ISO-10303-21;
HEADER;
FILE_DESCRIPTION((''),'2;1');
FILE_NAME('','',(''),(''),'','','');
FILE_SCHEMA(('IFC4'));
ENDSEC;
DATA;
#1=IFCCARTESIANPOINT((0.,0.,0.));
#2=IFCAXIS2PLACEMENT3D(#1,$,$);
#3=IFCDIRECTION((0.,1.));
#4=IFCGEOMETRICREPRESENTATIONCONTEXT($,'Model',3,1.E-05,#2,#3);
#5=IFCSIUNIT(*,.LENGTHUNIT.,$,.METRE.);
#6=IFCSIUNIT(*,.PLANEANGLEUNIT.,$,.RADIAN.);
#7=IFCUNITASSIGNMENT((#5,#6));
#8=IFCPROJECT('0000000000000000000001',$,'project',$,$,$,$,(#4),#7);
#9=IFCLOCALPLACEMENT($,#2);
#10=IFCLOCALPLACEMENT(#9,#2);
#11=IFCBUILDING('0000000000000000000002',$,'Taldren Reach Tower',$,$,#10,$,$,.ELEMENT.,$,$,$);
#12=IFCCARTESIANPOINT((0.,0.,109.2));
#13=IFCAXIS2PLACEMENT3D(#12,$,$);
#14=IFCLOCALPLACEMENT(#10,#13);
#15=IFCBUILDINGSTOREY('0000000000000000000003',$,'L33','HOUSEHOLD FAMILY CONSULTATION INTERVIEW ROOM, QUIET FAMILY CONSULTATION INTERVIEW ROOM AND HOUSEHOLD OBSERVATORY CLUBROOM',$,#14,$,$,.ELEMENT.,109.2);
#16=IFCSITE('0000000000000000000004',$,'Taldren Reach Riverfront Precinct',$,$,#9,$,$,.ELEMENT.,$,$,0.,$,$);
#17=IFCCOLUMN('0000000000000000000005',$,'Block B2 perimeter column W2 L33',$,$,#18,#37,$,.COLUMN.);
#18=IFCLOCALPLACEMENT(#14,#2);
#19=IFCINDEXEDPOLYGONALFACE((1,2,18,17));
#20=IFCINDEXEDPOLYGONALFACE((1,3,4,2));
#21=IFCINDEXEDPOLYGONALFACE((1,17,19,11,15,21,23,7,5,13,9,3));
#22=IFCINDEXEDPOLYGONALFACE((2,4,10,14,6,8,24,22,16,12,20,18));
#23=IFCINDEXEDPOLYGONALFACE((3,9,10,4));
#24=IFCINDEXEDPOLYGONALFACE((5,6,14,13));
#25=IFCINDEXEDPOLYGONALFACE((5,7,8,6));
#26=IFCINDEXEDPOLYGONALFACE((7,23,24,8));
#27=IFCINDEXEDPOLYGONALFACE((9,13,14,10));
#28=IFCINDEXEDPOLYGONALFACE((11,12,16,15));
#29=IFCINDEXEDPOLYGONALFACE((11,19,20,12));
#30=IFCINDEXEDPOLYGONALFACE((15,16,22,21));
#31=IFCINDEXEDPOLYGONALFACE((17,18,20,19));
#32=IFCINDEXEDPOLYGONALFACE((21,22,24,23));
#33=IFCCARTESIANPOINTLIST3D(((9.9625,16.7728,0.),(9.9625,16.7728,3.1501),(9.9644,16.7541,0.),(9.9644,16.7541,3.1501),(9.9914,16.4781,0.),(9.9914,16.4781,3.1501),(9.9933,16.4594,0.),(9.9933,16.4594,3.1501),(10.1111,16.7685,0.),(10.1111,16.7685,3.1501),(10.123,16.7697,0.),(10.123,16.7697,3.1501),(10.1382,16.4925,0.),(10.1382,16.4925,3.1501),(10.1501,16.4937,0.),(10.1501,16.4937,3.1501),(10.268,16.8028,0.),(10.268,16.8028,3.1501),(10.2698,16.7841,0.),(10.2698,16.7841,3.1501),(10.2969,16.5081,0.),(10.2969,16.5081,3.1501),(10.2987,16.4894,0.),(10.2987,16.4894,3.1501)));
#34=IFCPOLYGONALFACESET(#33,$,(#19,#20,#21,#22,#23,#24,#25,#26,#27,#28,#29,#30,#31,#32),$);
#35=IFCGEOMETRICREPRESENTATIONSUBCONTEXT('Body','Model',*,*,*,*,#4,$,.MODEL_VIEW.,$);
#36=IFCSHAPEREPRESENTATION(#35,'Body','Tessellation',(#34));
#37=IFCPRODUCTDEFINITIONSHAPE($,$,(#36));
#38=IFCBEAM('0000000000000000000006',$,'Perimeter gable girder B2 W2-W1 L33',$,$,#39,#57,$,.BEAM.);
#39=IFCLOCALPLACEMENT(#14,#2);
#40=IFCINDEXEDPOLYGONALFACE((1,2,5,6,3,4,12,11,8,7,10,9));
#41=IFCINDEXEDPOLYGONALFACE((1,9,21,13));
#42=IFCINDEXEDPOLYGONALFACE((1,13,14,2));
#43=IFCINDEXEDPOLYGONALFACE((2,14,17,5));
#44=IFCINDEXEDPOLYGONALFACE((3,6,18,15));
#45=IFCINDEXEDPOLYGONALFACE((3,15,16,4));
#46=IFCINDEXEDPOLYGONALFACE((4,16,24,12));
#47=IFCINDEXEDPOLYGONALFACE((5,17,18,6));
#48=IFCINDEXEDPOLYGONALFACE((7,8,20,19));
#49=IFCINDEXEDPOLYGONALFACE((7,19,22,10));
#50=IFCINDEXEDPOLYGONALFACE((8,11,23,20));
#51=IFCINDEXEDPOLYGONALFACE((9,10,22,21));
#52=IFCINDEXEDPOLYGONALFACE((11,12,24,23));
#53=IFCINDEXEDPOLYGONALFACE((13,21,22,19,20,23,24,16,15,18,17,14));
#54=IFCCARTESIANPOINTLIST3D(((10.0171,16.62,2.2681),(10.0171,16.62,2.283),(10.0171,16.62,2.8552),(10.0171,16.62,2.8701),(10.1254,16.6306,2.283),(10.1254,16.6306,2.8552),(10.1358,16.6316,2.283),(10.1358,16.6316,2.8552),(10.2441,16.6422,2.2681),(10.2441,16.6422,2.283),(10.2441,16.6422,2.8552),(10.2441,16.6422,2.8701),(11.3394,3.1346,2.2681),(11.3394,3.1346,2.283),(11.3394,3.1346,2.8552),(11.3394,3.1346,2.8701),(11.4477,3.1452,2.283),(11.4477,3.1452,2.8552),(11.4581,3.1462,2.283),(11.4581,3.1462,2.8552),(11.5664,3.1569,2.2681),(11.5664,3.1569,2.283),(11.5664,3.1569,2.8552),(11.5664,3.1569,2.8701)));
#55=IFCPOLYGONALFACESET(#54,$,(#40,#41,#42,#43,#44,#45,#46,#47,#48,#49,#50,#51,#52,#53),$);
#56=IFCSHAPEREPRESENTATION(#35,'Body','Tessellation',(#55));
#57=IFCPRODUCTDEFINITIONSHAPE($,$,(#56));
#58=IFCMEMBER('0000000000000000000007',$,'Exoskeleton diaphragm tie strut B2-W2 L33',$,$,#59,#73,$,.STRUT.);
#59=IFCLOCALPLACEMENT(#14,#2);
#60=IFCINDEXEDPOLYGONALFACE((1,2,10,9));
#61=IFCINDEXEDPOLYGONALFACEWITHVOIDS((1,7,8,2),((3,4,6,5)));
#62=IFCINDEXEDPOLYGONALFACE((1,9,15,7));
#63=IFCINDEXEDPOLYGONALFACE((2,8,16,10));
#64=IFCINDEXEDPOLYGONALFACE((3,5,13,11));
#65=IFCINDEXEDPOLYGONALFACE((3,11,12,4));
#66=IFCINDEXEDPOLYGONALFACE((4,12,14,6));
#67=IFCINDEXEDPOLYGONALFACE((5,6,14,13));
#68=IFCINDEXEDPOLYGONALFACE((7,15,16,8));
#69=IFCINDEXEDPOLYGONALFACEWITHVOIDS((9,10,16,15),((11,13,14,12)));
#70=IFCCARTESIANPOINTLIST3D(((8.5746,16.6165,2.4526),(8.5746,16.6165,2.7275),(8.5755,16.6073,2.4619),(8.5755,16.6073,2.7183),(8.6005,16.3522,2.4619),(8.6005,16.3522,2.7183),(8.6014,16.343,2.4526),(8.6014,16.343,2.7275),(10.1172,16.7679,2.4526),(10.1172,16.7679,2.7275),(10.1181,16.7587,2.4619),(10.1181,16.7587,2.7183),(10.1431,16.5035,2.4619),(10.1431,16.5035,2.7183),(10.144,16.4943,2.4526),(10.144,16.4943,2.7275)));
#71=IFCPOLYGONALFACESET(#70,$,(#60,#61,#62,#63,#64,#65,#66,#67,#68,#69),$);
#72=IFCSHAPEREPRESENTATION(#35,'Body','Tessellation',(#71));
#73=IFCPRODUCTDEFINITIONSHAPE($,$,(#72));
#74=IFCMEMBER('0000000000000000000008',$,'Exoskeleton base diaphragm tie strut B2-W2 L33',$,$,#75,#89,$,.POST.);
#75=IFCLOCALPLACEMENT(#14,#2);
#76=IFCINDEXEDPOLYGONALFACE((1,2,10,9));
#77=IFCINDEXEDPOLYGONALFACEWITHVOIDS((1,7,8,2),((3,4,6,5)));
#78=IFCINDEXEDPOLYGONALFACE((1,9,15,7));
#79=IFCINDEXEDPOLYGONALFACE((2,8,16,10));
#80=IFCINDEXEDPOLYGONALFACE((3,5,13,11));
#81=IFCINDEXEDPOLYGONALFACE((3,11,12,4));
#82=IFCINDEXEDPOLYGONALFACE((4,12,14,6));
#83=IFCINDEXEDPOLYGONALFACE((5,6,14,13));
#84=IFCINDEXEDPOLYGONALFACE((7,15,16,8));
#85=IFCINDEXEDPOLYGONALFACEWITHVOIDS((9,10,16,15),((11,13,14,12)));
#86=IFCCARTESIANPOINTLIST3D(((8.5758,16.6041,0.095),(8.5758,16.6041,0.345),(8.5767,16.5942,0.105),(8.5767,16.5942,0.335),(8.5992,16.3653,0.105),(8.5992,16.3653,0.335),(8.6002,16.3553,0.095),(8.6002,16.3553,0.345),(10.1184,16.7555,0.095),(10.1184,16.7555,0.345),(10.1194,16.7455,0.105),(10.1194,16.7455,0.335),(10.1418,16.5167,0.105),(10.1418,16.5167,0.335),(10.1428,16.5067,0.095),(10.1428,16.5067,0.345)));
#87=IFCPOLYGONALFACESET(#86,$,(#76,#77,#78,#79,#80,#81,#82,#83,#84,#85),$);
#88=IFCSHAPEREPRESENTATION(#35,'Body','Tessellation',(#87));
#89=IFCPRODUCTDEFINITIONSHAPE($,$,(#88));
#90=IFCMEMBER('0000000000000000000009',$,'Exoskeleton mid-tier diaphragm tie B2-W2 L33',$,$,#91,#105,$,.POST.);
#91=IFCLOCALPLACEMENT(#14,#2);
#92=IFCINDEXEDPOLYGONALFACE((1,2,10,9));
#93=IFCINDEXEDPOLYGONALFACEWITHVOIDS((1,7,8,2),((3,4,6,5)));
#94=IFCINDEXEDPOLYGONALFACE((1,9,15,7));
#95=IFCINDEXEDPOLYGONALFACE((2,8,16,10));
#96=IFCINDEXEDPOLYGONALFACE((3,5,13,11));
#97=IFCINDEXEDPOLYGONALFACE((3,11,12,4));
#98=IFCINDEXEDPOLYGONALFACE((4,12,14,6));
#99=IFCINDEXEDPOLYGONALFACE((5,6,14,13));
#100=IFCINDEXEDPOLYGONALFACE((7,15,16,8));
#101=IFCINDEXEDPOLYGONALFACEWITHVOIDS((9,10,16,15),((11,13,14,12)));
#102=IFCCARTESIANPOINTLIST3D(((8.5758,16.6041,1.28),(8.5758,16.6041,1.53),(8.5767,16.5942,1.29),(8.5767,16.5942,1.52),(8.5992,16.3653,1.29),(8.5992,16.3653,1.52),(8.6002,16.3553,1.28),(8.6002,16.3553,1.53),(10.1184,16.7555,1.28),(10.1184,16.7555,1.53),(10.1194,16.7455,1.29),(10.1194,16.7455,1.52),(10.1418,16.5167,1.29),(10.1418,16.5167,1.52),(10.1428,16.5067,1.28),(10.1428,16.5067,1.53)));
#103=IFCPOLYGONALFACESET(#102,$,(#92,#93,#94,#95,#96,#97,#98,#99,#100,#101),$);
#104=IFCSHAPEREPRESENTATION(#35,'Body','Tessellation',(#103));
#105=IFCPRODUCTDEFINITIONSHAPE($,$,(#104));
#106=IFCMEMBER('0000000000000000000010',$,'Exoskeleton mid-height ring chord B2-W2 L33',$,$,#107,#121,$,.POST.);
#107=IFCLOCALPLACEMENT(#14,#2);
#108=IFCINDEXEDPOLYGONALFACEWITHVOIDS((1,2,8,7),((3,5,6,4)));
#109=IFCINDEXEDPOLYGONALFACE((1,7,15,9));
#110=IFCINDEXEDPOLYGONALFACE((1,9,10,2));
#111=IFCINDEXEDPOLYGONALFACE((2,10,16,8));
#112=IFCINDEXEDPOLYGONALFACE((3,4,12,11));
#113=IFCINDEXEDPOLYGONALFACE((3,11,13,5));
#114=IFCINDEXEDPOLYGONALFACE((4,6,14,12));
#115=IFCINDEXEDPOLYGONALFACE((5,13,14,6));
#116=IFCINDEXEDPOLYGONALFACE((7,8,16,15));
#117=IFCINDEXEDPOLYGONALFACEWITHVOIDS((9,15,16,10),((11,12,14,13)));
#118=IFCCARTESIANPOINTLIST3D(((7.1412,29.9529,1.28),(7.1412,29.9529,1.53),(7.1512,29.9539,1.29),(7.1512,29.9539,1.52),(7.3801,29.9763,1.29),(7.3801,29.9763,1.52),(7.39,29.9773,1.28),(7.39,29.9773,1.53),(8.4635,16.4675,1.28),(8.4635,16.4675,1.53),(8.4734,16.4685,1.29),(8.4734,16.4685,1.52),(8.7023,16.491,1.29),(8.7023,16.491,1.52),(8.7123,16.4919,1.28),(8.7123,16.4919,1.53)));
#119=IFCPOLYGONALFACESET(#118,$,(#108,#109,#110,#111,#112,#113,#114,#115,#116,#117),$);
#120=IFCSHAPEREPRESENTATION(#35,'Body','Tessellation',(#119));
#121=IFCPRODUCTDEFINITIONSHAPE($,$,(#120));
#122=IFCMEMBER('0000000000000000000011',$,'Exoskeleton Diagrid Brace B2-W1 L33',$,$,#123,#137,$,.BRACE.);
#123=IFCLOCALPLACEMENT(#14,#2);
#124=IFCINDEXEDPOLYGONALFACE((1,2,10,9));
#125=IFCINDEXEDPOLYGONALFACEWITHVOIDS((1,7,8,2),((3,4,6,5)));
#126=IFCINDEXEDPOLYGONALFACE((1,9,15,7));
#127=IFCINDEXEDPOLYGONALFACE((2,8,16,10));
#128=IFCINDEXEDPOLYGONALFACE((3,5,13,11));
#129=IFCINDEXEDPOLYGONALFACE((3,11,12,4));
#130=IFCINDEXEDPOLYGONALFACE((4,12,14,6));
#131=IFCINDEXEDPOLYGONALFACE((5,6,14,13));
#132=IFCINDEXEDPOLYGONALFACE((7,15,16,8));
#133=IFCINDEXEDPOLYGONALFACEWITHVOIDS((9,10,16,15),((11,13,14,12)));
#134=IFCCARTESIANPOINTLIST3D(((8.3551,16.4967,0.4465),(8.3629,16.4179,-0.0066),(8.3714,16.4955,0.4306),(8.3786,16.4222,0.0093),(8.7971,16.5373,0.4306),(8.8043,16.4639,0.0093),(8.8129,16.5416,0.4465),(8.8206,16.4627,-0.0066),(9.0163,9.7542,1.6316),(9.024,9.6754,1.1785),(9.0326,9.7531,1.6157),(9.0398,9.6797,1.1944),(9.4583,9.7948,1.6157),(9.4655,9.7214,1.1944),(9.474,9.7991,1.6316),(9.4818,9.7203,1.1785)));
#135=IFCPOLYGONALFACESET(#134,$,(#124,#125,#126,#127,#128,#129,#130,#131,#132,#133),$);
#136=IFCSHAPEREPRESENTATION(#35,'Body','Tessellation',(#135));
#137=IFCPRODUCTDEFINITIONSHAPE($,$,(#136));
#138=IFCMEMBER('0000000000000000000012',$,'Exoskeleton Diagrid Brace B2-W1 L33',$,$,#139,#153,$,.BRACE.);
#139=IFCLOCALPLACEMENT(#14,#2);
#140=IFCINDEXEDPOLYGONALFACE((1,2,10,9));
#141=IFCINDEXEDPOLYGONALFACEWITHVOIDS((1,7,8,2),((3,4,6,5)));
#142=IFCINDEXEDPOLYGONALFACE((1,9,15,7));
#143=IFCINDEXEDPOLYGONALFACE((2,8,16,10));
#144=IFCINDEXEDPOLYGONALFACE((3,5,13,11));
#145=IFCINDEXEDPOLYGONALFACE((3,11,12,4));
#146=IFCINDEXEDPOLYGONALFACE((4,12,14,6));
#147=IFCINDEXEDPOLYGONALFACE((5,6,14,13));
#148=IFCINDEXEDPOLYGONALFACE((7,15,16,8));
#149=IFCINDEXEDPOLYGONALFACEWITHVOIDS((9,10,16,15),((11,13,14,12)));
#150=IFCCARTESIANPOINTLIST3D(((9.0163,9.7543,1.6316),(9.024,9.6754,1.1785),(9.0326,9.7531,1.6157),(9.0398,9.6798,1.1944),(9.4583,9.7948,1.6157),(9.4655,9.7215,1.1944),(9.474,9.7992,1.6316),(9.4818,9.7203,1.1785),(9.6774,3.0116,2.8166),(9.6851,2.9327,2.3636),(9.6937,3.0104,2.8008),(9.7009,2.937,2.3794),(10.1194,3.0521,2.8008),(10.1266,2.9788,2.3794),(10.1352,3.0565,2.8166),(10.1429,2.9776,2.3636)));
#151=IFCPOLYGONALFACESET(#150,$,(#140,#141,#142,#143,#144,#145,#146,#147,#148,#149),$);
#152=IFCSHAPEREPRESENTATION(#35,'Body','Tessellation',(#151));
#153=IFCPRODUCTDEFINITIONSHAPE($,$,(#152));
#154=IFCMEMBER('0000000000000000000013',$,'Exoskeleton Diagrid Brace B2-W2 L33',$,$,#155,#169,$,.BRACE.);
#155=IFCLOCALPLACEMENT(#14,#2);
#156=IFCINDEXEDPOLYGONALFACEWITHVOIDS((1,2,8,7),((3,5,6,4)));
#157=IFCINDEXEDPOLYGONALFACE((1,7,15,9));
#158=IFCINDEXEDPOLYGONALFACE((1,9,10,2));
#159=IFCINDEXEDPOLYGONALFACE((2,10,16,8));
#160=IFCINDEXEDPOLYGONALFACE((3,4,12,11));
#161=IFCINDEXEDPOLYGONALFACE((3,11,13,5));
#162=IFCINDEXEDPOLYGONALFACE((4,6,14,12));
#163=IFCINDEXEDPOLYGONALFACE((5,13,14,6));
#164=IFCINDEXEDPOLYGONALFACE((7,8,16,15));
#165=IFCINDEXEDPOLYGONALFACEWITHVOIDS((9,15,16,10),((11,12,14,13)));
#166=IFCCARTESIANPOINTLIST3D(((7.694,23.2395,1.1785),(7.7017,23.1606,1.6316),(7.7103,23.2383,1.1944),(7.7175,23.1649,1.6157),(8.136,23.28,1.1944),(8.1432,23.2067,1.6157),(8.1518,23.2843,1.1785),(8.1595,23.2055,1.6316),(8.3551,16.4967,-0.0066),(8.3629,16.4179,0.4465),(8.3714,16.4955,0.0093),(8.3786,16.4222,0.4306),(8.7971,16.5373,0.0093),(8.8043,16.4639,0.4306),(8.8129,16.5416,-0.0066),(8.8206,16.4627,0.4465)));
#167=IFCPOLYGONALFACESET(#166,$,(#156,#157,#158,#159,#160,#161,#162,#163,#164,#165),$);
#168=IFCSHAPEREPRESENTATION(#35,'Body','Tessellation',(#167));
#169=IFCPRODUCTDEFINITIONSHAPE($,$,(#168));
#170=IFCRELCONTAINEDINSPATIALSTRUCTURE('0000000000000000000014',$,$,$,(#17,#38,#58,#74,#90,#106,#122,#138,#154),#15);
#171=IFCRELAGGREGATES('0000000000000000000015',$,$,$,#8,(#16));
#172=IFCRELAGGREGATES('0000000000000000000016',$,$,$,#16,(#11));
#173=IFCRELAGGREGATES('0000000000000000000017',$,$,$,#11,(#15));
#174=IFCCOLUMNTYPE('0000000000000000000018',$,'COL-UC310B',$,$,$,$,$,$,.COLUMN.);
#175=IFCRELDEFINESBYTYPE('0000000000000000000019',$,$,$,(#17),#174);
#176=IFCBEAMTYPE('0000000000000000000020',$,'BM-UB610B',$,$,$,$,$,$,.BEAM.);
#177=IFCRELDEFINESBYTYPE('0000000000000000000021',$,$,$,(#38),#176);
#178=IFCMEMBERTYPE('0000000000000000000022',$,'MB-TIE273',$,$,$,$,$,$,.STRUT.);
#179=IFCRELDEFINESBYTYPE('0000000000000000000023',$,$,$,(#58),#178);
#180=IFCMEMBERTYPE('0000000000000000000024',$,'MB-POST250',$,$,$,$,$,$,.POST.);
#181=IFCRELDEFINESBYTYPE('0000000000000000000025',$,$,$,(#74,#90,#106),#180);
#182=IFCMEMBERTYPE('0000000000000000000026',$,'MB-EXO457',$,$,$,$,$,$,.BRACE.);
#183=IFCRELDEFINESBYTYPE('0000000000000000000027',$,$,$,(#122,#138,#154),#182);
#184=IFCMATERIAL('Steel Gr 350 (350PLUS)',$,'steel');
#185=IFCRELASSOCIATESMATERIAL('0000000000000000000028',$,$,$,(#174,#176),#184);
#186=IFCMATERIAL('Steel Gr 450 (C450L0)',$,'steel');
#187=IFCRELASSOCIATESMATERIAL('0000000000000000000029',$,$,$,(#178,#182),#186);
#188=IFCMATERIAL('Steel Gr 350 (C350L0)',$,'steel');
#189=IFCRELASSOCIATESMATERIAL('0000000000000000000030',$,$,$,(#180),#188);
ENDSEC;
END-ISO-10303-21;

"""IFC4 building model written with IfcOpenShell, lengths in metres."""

from ifc_helpers import new_model, si_unit, direction, frame, origin, origin_2d, place, context, subcontext, project, spatial, hollow_rectangle, i_section, extrude, source, transform, mapped, material, material_profile, profile_set, type_object, element, save


model = new_model("IFC4")

# Units and contexts
model_context = context("Model", 3, precision=1e-05, world=origin(), true_north=direction((0.0, 1.0)))
body_context = subcontext(model_context, "Body", "Model", "MODEL_VIEW")
ifc_project = project(units=[si_unit("LENGTHUNIT", "METRE"), si_unit("PLANEANGLEUNIT", "RADIAN")], contexts=[model_context])

# Site, building, storey
site_placement = place(None, origin())
site = spatial("IfcSite", under=ifc_project, at=site_placement, Name="Taldren Reach Riverfront Precinct", CompositionType="ELEMENT", RefElevation=0.0)
building_placement = place(site_placement, origin())
building = spatial("IfcBuilding", under=site, at=building_placement, Name="Taldren Reach Tower", CompositionType="ELEMENT")
storey_placement = place(building_placement, frame((0.0, 0.0, 109.2)))
storey = spatial("IfcBuildingStorey", under=building, at=storey_placement, Name="L33", Description="HOUSEHOLD FAMILY CONSULTATION INTERVIEW ROOM, QUIET FAMILY CONSULTATION INTERVIEW ROOM AND HOUSEHOLD OBSERVATORY CLUBROOM", CompositionType="ELEMENT", Elevation=109.2)

# Column
ifc_material_1 = material(Name="Steel Gr 350 (350PLUS)", Category="steel")
ifc_material_profile_1 = material_profile(ifc_material_1, i_section(OverallWidth=0.3069, OverallDepth=0.3149, WebThickness=0.012, FlangeThickness=0.0188, at=origin_2d()), Name="310UC118")
ifc_profile_set_1 = profile_set([ifc_material_profile_1], Name="Steel Gr 350 (350PLUS)")
column_type = type_object("IfcColumnType", Name="COL-UC310B", PredefinedType="COLUMN", material=ifc_profile_set_1)
shared_shape_1 = source(origin(), body_context, "Body", "SweptSolid", [
    extrude(i_section(OverallWidth=0.3069, OverallDepth=0.3149, WebThickness=0.012, FlangeThickness=0.0188, at=origin_2d()), origin(), (0.0, 0.0, 1.0), 3.1501),
])
column_placement = place(storey_placement, frame((10.1306, 16.6311, 0.0), z_axis=(0.0, 0.0, 1.0), x_axis=(0.995227, 0.097583, 0.0)))
element("IfcColumn", 1, at=column_placement, inside=storey, type_object=column_type, Name="Block B2 perimeter column W2 L33", PredefinedType="COLUMN", context=body_context, shape_type="MappedRepresentation", body=[
    mapped(shared_shape_1, transform((0.0, 0.0, 0.0), scale=1.0)),
])

# Beam
ifc_material_profile_2 = material_profile(ifc_material_1, i_section(OverallWidth=0.228, OverallDepth=0.6021, WebThickness=0.0105, FlangeThickness=0.0149, at=origin_2d()), Name="610UB101")
ifc_profile_set_2 = profile_set([ifc_material_profile_2], Name="Steel Gr 350 (350PLUS)")
beam_type = type_object("IfcBeamType", Name="BM-UB610B", PredefinedType="BEAM", material=ifc_profile_set_2)
shared_shape_2 = source(origin(), body_context, "Body", "SweptSolid", [
    extrude(i_section(OverallWidth=0.228, OverallDepth=0.6021, WebThickness=0.0105, FlangeThickness=0.0149, at=origin_2d()), origin(), (0.0, 0.0, 1.0), 13.55),
])
beam_placement = place(storey_placement, frame((10.1306, 16.6311, 2.5691), z_axis=(0.097584, -0.995227, 0.0), x_axis=(0.995227, 0.097584, 0.0)))
element("IfcBeam", 2, at=beam_placement, inside=storey, type_object=beam_type, Name="Perimeter gable girder B2 W2-W1 L33", PredefinedType="BEAM", context=body_context, shape_type="MappedRepresentation", body=[
    mapped(shared_shape_2, transform((0.0, 0.0, 0.0), scale=1.0)),
])

# Members
ifc_material_2 = material(Name="Steel Gr 450 (C450L0)", Category="steel")
ifc_material_profile_3 = material_profile(ifc_material_2, hollow_rectangle(XDim=0.2749, YDim=0.2749, WallThickness=0.0093, at=origin_2d()), Name="275x275x9.3SHS")
ifc_profile_set_3 = profile_set([ifc_material_profile_3], Name="Steel Gr 450 (C450L0)")
member_type_1 = type_object("IfcMemberType", Name="MB-TIE273", PredefinedType="STRUT", material=ifc_profile_set_3)
shared_shape_3 = source(origin(), body_context, "Body", "SweptSolid", [
    extrude(hollow_rectangle(XDim=0.2749, YDim=0.2749, WallThickness=0.0093, at=origin_2d()), origin(), (0.0, 0.0, 1.0), 1.55),
])
member_1_placement = place(storey_placement, frame((10.1306, 16.6311, 2.5901), z_axis=(-0.995221, -0.097648, 0.0), x_axis=(0.097648, -0.995221, 0.0)))
element("IfcMember", 3, at=member_1_placement, inside=storey, type_object=member_type_1, Name="Exoskeleton diaphragm tie strut B2-W2 L33", PredefinedType="STRUT", context=body_context, shape_type="MappedRepresentation", body=[
    mapped(shared_shape_3, transform((0.0, 0.0, 0.0), scale=1.0)),
])
ifc_material_3 = material(Name="Steel Gr 350 (C350L0)", Category="steel")
ifc_material_profile_4 = material_profile(ifc_material_3, hollow_rectangle(XDim=0.25, YDim=0.25, WallThickness=0.01, at=origin_2d()), Name="250x250x10.0SHS")
ifc_profile_set_4 = profile_set([ifc_material_profile_4], Name="Steel Gr 350 (C350L0)")
member_type_2 = type_object("IfcMemberType", Name="MB-POST250", PredefinedType="POST", material=ifc_profile_set_4)
shared_shape_4 = source(origin(), body_context, "Body", "SweptSolid", [
    extrude(hollow_rectangle(XDim=0.25, YDim=0.25, WallThickness=0.01, at=origin_2d()), origin(), (0.0, 0.0, 1.0), 1.55),
])
for number, where, z_axis, x_axis, name in (
    (4, (10.1306, 16.6311, 0.22), (-0.995221, -0.097648, 0.0), (0.097648, -0.995221, 0.0), "Exoskeleton base diaphragm tie strut B2-W2 L33"),
    (5, (10.1306, 16.6311, 1.405), (-0.995221, -0.097648, 0.0), (0.097648, -0.995221, 0.0), "Exoskeleton mid-tier diaphragm tie B2-W2 L33"),
):
    element("IfcMember", number, at=place(storey_placement, frame(where, z_axis=z_axis, x_axis=x_axis)), inside=storey, type_object=member_type_2, Name=name, PredefinedType="POST", context=body_context, shape_type="MappedRepresentation", body=[
        mapped(shared_shape_4, transform((0.0, 0.0, 0.0), scale=1.0)),
    ])
shared_shape_5 = source(origin(), body_context, "Body", "SweptSolid", [
    extrude(hollow_rectangle(XDim=0.25, YDim=0.25, WallThickness=0.01, at=origin_2d()), origin(), (0.0, 0.0, 1.0), 13.55),
])
member_2_placement = place(storey_placement, frame((8.5879, 16.4797, 1.405), z_axis=(-0.097584, 0.995227, 0.0), x_axis=(-0.995227, -0.097584, 0.0)))
element("IfcMember", 6, at=member_2_placement, inside=storey, type_object=member_type_2, Name="Exoskeleton mid-height ring chord B2-W2 L33", PredefinedType="POST", context=body_context, shape_type="MappedRepresentation", body=[
    mapped(shared_shape_5, transform((0.0, 0.0, 0.0), scale=1.0)),
])
ifc_material_profile_5 = material_profile(ifc_material_2, hollow_rectangle(XDim=0.46, YDim=0.46, WallThickness=0.0161, at=origin_2d()), Name="460x460x16.0SHS")
ifc_profile_set_5 = profile_set([ifc_material_profile_5], Name="Steel Gr 450 (C450L0)")
member_type_3 = type_object("IfcMemberType", Name="MB-EXO457", PredefinedType="BRACE", material=ifc_profile_set_5)
shared_shape_6 = source(origin(), body_context, "Body", "SweptSolid", [
    extrude(hollow_rectangle(XDim=0.46, YDim=0.46, WallThickness=0.0161, at=origin_2d()), origin(), (0.0, 0.0, 1.0), 6.8777),
])
member_3_placement = place(storey_placement, frame((8.5879, 16.4797, 0.22), z_axis=(0.096128, -0.980342, 0.172306), x_axis=(0.995227, 0.097588, 0.0)))
element("IfcMember", 7, at=member_3_placement, inside=storey, type_object=member_type_3, Name="Exoskeleton Diagrid Brace B2-W1 L33", PredefinedType="BRACE", context=body_context, shape_type="MappedRepresentation", body=[
    mapped(shared_shape_6, transform((0.0, 0.0, 0.0), scale=1.0)),
])
shared_shape_7 = source(origin(), body_context, "Body", "SweptSolid", [
    extrude(hollow_rectangle(XDim=0.46, YDim=0.46, WallThickness=0.0161, at=origin_2d()), origin(), (0.0, 0.0, 1.0), 6.8779),
])
for number, where, z_axis, x_axis, name in (
    (8, (9.249, 9.7373, 1.405), (0.096125, -0.980343, 0.1723), (0.995227, 0.097584, 0.0), "Exoskeleton Diagrid Brace B2-W1 L33"),
    (9, (8.5879, 16.4797, 0.22), (-0.096125, 0.980343, 0.1723), (-0.995227, -0.097584, 0.0), "Exoskeleton Diagrid Brace B2-W2 L33"),
):
    element("IfcMember", number, at=place(storey_placement, frame(where, z_axis=z_axis, x_axis=x_axis)), inside=storey, type_object=member_type_3, Name=name, PredefinedType="BRACE", context=body_context, shape_type="MappedRepresentation", body=[
        mapped(shared_shape_7, transform((0.0, 0.0, 0.0), scale=1.0)),
    ])

save(model, "model.ifc")
